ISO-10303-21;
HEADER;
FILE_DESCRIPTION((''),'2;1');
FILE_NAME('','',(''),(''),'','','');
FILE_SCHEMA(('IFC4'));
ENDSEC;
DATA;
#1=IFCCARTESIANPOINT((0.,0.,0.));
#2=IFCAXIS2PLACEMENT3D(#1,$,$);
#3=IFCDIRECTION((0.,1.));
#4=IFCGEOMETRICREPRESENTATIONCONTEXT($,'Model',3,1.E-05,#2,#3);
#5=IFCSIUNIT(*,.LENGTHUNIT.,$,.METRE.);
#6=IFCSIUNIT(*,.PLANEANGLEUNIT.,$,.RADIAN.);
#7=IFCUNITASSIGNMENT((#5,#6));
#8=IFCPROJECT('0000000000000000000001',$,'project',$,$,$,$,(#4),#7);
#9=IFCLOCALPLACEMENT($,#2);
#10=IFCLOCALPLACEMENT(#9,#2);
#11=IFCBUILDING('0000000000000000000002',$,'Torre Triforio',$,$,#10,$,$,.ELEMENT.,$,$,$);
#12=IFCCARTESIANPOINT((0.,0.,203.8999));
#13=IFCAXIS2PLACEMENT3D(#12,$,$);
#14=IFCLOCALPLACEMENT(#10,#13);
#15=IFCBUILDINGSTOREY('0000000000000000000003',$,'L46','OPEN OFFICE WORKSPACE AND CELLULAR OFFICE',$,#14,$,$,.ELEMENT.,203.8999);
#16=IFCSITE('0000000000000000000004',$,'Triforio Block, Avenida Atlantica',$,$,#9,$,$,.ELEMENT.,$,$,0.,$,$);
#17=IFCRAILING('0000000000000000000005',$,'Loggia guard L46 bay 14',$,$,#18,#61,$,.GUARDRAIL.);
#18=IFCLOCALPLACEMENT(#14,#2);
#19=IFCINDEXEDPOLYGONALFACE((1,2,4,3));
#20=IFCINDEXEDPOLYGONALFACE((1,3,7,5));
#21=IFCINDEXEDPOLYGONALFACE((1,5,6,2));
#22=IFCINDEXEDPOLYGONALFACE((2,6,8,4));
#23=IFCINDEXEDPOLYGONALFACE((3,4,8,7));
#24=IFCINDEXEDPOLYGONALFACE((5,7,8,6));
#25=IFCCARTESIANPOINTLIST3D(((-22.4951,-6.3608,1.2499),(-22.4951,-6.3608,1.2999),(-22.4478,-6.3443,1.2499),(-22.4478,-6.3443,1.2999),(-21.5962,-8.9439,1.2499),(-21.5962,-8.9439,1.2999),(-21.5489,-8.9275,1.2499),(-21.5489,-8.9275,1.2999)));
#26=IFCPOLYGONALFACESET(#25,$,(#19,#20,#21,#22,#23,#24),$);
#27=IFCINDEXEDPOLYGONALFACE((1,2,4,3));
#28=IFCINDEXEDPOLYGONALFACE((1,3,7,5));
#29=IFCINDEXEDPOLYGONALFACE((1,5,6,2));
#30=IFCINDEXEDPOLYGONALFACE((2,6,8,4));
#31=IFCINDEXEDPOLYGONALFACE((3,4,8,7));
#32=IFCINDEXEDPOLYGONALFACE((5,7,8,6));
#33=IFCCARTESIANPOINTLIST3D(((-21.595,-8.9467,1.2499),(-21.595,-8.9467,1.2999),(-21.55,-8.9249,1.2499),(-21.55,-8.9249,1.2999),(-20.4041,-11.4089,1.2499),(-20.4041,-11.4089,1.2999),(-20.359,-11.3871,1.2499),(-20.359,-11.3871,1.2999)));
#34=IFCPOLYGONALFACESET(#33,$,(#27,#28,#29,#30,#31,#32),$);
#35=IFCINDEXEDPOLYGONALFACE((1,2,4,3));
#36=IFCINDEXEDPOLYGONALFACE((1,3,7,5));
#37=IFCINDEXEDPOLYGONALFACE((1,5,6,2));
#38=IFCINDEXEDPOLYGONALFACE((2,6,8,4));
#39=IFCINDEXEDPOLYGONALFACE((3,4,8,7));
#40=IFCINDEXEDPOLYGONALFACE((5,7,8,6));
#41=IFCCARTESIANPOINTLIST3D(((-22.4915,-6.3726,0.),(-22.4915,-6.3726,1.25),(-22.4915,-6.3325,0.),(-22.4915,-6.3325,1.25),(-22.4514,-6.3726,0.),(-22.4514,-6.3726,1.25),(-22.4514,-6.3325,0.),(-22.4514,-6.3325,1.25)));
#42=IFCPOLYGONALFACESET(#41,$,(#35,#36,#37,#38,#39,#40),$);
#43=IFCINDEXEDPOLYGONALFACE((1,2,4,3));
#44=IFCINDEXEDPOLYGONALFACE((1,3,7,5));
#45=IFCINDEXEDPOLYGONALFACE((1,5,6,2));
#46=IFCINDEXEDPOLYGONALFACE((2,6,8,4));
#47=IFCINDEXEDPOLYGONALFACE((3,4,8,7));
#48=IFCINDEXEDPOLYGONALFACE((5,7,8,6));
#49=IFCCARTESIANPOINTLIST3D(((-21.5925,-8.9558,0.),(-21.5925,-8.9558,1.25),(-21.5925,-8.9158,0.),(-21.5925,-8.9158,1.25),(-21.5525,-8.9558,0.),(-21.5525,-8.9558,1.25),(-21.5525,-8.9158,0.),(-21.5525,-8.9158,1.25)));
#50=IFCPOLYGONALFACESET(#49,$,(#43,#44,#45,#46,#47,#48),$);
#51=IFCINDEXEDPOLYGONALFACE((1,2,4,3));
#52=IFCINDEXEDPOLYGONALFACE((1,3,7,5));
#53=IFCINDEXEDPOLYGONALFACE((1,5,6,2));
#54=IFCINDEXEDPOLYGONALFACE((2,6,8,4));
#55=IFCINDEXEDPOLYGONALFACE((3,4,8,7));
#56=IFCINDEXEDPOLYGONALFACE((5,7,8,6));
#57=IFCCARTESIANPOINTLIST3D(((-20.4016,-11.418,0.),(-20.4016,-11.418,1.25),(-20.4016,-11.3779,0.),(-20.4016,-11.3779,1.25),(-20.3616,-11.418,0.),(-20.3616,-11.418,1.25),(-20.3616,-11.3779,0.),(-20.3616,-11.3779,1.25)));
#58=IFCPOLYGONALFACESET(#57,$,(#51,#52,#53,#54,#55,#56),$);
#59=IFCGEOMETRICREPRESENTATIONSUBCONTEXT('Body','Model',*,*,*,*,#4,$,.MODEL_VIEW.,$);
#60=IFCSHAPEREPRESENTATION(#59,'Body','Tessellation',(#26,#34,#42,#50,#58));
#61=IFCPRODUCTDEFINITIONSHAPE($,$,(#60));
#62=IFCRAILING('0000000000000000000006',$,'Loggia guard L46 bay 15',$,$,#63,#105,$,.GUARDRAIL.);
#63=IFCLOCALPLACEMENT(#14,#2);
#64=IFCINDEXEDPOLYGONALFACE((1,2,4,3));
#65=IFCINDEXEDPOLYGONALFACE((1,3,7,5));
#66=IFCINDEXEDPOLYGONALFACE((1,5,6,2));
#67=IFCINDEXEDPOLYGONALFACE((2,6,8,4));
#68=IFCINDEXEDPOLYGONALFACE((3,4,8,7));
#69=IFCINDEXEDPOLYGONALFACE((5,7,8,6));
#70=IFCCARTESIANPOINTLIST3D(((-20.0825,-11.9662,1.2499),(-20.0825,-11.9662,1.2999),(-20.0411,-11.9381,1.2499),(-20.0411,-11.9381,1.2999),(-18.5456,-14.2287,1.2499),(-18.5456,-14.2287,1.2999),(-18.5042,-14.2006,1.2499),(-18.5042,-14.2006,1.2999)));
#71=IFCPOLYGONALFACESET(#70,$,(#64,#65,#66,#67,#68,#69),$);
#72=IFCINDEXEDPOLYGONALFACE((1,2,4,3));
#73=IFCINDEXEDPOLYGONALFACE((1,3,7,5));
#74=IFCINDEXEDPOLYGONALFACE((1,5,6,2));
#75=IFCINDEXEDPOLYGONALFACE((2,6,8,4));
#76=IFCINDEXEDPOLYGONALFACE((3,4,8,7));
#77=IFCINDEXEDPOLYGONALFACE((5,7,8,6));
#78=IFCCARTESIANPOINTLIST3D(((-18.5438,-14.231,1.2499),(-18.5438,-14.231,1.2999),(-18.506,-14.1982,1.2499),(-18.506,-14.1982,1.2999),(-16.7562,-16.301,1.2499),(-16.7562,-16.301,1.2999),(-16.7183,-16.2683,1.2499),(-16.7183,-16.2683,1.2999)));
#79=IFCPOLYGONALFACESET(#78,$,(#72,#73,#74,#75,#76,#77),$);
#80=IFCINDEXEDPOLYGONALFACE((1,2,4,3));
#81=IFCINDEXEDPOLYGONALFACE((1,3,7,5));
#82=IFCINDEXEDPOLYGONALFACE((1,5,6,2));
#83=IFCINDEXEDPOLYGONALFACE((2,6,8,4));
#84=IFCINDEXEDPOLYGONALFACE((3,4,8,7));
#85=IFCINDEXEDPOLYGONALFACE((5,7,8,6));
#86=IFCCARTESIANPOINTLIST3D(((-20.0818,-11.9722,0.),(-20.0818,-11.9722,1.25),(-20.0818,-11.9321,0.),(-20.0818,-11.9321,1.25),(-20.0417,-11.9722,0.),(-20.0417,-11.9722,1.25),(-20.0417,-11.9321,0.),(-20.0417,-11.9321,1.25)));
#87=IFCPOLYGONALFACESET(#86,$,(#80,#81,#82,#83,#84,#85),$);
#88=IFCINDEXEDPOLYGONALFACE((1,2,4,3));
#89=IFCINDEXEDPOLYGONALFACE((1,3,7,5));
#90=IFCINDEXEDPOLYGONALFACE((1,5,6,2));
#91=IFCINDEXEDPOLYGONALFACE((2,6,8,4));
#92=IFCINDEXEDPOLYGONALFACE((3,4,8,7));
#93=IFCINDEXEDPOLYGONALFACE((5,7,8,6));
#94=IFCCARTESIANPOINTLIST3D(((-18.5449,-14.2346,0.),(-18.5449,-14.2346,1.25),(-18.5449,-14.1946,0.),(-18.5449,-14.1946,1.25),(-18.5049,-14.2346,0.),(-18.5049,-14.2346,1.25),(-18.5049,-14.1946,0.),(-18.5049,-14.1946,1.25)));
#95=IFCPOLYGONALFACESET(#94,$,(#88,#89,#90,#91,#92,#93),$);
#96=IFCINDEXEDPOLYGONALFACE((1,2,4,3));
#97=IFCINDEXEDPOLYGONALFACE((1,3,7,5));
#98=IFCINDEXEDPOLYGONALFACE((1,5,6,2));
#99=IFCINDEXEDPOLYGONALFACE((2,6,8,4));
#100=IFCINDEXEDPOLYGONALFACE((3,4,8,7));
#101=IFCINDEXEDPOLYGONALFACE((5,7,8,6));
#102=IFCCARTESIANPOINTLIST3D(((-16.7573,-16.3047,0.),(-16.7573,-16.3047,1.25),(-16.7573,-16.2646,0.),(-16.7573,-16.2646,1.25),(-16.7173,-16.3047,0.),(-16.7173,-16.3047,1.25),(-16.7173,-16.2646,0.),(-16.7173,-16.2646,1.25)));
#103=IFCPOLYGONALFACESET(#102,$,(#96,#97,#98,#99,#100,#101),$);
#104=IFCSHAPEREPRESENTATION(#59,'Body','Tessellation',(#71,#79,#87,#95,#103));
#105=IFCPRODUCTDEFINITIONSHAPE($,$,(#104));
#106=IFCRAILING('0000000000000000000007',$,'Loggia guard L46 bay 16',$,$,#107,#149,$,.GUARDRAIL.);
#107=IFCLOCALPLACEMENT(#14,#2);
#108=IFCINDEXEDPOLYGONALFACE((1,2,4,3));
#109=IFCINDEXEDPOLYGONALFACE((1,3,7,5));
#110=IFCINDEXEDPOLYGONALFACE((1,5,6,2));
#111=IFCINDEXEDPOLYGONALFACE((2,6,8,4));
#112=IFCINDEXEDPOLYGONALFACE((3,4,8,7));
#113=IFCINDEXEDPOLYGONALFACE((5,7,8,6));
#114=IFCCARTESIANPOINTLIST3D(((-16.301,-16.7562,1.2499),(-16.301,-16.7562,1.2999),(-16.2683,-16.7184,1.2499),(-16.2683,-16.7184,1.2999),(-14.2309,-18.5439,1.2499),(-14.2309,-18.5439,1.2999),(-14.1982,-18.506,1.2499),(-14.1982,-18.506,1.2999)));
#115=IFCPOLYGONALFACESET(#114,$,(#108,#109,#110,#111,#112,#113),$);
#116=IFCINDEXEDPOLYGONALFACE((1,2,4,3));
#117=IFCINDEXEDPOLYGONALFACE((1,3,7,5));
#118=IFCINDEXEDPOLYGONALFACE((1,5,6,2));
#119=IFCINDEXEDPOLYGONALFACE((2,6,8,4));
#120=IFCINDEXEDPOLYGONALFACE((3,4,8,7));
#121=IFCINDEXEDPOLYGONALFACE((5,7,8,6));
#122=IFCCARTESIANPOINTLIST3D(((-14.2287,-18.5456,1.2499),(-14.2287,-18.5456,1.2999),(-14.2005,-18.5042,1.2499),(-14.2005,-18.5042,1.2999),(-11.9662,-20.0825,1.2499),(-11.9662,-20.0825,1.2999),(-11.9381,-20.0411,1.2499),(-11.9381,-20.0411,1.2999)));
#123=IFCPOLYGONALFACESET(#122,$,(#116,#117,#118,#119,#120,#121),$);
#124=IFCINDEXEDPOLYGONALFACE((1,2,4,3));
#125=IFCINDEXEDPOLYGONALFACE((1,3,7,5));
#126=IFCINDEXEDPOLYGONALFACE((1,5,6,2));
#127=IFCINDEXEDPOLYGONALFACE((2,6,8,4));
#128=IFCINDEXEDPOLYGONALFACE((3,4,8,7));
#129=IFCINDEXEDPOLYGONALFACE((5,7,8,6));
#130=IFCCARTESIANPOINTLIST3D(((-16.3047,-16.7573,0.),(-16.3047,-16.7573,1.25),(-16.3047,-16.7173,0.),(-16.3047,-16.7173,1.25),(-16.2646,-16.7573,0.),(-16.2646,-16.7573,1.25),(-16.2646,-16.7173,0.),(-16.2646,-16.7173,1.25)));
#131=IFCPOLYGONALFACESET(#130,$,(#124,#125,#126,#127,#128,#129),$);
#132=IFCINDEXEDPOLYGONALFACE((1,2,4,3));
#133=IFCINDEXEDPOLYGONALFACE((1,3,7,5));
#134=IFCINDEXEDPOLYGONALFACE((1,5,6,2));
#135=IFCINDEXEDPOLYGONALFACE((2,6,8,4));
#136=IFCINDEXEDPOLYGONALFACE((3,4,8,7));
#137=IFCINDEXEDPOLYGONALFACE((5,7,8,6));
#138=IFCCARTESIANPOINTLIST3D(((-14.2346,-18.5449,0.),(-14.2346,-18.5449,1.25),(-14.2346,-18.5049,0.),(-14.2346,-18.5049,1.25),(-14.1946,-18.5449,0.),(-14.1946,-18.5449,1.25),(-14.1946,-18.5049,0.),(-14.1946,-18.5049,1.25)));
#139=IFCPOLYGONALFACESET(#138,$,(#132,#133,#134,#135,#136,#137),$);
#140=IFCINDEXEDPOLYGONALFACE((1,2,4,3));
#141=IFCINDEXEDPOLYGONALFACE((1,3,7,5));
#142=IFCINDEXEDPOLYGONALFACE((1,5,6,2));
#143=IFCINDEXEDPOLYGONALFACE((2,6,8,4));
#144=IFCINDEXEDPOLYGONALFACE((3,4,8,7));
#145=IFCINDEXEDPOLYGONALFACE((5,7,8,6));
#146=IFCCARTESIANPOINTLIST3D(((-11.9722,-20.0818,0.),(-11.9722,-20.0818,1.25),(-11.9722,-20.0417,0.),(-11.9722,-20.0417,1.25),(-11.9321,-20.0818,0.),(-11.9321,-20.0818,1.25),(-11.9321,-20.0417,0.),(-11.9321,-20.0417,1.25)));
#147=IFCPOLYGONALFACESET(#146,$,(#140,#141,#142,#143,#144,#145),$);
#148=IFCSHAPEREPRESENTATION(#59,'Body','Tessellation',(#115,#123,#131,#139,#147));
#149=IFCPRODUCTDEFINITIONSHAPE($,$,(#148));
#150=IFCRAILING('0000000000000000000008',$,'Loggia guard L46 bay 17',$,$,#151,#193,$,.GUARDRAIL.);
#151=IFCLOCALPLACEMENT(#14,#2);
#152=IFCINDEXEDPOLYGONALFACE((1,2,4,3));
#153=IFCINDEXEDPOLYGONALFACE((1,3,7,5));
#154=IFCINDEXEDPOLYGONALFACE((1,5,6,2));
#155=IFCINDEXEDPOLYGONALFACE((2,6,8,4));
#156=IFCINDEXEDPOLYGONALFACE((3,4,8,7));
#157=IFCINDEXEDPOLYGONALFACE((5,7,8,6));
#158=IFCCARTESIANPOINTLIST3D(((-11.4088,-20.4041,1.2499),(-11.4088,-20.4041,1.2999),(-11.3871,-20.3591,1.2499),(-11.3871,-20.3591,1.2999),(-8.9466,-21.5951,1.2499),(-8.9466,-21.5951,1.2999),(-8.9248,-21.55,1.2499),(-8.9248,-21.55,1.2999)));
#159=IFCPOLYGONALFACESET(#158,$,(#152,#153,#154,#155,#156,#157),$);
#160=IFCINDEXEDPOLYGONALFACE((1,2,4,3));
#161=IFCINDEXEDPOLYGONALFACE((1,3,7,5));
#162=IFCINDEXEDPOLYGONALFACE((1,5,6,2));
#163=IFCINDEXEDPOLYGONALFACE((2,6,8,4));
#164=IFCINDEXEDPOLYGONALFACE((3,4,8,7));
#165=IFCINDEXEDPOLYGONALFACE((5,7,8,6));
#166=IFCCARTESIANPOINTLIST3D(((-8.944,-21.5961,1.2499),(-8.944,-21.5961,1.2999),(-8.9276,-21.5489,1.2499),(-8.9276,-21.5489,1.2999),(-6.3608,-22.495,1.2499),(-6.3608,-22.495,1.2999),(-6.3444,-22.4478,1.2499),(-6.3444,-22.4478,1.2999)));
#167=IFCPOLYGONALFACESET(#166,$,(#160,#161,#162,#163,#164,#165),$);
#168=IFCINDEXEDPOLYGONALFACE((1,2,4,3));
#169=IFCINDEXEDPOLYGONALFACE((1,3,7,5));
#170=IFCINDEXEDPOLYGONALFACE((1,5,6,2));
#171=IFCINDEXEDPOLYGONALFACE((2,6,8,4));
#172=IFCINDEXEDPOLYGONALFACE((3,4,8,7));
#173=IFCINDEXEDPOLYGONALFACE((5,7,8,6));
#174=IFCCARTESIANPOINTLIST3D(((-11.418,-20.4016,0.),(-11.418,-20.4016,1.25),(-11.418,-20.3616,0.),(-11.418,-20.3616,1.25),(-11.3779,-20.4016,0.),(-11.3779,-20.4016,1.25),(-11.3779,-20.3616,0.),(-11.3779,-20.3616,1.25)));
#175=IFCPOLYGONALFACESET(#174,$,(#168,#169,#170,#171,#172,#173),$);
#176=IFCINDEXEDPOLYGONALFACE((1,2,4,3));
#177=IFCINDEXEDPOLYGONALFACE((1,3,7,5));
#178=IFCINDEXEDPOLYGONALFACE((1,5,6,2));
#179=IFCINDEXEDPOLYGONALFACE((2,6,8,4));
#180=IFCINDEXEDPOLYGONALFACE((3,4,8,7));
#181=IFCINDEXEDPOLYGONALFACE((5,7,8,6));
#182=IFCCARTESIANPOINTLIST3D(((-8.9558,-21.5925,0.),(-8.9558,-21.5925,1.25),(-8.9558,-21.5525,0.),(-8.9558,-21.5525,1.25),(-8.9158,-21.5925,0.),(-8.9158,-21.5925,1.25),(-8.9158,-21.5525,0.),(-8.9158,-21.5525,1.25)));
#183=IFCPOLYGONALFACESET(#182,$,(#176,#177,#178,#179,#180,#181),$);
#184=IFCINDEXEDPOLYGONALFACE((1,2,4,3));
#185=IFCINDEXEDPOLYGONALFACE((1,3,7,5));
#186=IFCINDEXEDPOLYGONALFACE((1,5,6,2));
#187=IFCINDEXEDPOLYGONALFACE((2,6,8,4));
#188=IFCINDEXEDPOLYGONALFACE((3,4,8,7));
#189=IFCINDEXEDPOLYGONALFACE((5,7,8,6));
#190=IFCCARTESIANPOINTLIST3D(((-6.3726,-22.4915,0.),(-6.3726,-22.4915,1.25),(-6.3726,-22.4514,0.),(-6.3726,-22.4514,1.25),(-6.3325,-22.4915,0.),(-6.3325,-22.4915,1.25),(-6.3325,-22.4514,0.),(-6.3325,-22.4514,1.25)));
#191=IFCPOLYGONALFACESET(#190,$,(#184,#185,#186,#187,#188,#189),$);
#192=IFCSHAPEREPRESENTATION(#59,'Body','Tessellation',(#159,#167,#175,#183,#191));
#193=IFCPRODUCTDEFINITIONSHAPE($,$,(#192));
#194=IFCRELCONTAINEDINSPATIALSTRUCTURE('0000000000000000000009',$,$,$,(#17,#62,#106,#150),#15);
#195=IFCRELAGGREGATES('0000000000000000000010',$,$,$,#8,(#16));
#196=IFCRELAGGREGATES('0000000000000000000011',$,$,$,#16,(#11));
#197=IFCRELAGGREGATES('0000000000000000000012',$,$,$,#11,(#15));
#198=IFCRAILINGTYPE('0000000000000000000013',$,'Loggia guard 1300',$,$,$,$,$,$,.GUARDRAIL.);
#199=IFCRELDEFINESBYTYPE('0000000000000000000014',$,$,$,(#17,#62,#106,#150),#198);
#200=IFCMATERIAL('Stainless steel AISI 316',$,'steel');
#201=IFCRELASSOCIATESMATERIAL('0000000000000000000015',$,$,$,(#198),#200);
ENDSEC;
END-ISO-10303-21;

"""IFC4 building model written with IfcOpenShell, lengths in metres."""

from ifc_helpers import new_model, si_unit, direction, frame, origin, origin_2d, place, context, subcontext, project, spatial, rectangle, extrude, material, type_object, element, save


model = new_model("IFC4")

# Units and contexts
model_context = context("Model", 3, precision=1e-05, world=origin(), true_north=direction((0.0, 1.0)))
body_context = subcontext(model_context, "Body", "Model", "MODEL_VIEW")
ifc_project = project(units=[si_unit("LENGTHUNIT", "METRE"), si_unit("PLANEANGLEUNIT", "RADIAN")], contexts=[model_context])

# Site, building, storey
site_placement = place(None, origin())
site = spatial("IfcSite", under=ifc_project, at=site_placement, Name="Triforio Block, Avenida Atlantica", CompositionType="ELEMENT", RefElevation=0.0)
building_placement = place(site_placement, origin())
building = spatial("IfcBuilding", under=site, at=building_placement, Name="Torre Triforio", CompositionType="ELEMENT")
storey_placement = place(building_placement, frame((0.0, 0.0, 203.8999)))
storey = spatial("IfcBuildingStorey", under=building, at=storey_placement, Name="L46", Description="OPEN OFFICE WORKSPACE AND CELLULAR OFFICE", CompositionType="ELEMENT", Elevation=203.8999)

# Railings
ifc_material_1 = material(Name="Stainless steel AISI 316", Category="steel")
railing_type = type_object("IfcRailingType", Name="Loggia guard 1300", PredefinedType="GUARDRAIL", material=ifc_material_1)
railing_1_placement = place(storey_placement, frame((-22.4714, -6.3525, 0.0)))
element("IfcRailing", 1, at=railing_1_placement, inside=storey, type_object=railing_type, Name="Loggia guard L46 bay 14", PredefinedType="GUARDRAIL", context=body_context, shape_type="SweptSolid", body=[
    extrude(rectangle(XDim=0.05, YDim=0.05, at=origin_2d()), frame((0.0, 0.0, 1.2749), z_axis=(0.328652, -0.944451, 0.0), x_axis=(0.944451, 0.328652, 0.0)), (0.0, 0.0, 1.0), 2.7351),
    extrude(rectangle(XDim=0.05, YDim=0.05, at=origin_2d()), frame((0.8989, -2.5833, 1.2749), z_axis=(0.435428, -0.900224, 0.0), x_axis=(0.900224, 0.435428, 0.0)), (0.0, 0.0, 1.0), 2.7351),
    extrude(rectangle(XDim=0.04, YDim=0.04, at=origin_2d()), origin(), (0.0, 0.0, 1.0), 1.25),
    extrude(rectangle(XDim=0.04, YDim=0.04, at=origin_2d()), frame((0.8989, -2.5833, 0.0)), (0.0, 0.0, 1.0), 1.25),
    extrude(rectangle(XDim=0.04, YDim=0.04, at=origin_2d()), frame((2.0898, -5.0454, 0.0)), (0.0, 0.0, 1.0), 1.25),
])
railing_2_placement = place(storey_placement, frame((-20.0618, -11.9521, 0.0)))
element("IfcRailing", 2, at=railing_2_placement, inside=storey, type_object=railing_type, Name="Loggia guard L46 bay 15", PredefinedType="GUARDRAIL", context=body_context, shape_type="SweptSolid", body=[
    extrude(rectangle(XDim=0.05, YDim=0.05, at=origin_2d()), frame((0.0, 0.0, 1.2749), z_axis=(0.56191, -0.827199, 0.0), x_axis=(0.827199, 0.56191, 0.0)), (0.0, 0.0, 1.0), 2.7351),
    extrude(rectangle(XDim=0.05, YDim=0.05, at=origin_2d()), frame((1.5369, -2.2625, 1.2749), z_axis=(0.65358, -0.756857, 0.0), x_axis=(0.756857, 0.65358, 0.0)), (0.0, 0.0, 1.0), 2.7351),
    extrude(rectangle(XDim=0.04, YDim=0.04, at=origin_2d()), origin(), (0.0, 0.0, 1.0), 1.25),
    extrude(rectangle(XDim=0.04, YDim=0.04, at=origin_2d()), frame((1.5369, -2.2625, 0.0)), (0.0, 0.0, 1.0), 1.25),
    extrude(rectangle(XDim=0.04, YDim=0.04, at=origin_2d()), frame((3.3245, -4.3325, 0.0)), (0.0, 0.0, 1.0), 1.25),
])
railing_3_placement = place(storey_placement, frame((-16.2847, -16.7373, 0.0)))
element("IfcRailing", 3, at=railing_3_placement, inside=storey, type_object=railing_type, Name="Loggia guard L46 bay 16", PredefinedType="GUARDRAIL", context=body_context, shape_type="SweptSolid", body=[
    extrude(rectangle(XDim=0.05, YDim=0.05, at=origin_2d()), frame((0.0, 0.0, 1.2749), z_axis=(0.756857, -0.65358, 0.0), x_axis=(0.65358, 0.756857, 0.0)), (0.0, 0.0, 1.0), 2.7351),
    extrude(rectangle(XDim=0.05, YDim=0.05, at=origin_2d()), frame((2.0701, -1.7876, 1.2749), z_axis=(0.827199, -0.56191, 0.0), x_axis=(0.56191, 0.827199, 0.0)), (0.0, 0.0, 1.0), 2.7351),
    extrude(rectangle(XDim=0.04, YDim=0.04, at=origin_2d()), origin(), (0.0, 0.0, 1.0), 1.25),
    extrude(rectangle(XDim=0.04, YDim=0.04, at=origin_2d()), frame((2.0701, -1.7876, 0.0)), (0.0, 0.0, 1.0), 1.25),
    extrude(rectangle(XDim=0.04, YDim=0.04, at=origin_2d()), frame((4.3325, -3.3245, 0.0)), (0.0, 0.0, 1.0), 1.25),
])
railing_4_placement = place(storey_placement, frame((-11.3979, -20.3816, 0.0)))
element("IfcRailing", 4, at=railing_4_placement, inside=storey, type_object=railing_type, Name="Loggia guard L46 bay 17", PredefinedType="GUARDRAIL", context=body_context, shape_type="SweptSolid", body=[
    extrude(rectangle(XDim=0.05, YDim=0.05, at=origin_2d()), frame((0.0, 0.0, 1.2749), z_axis=(0.900224, -0.435428, 0.0), x_axis=(0.435428, 0.900224, 0.0)), (0.0, 0.0, 1.0), 2.7351),
    extrude(rectangle(XDim=0.05, YDim=0.05, at=origin_2d()), frame((2.4622, -1.1909, 1.2749), z_axis=(0.944451, -0.328652, 0.0), x_axis=(0.328652, 0.944451, 0.0)), (0.0, 0.0, 1.0), 2.7351),
    extrude(rectangle(XDim=0.04, YDim=0.04, at=origin_2d()), origin(), (0.0, 0.0, 1.0), 1.25),
    extrude(rectangle(XDim=0.04, YDim=0.04, at=origin_2d()), frame((2.4622, -1.1909, 0.0)), (0.0, 0.0, 1.0), 1.25),
    extrude(rectangle(XDim=0.04, YDim=0.04, at=origin_2d()), frame((5.0454, -2.0898, 0.0)), (0.0, 0.0, 1.0), 1.25),
])

save(model, "model.ifc")
